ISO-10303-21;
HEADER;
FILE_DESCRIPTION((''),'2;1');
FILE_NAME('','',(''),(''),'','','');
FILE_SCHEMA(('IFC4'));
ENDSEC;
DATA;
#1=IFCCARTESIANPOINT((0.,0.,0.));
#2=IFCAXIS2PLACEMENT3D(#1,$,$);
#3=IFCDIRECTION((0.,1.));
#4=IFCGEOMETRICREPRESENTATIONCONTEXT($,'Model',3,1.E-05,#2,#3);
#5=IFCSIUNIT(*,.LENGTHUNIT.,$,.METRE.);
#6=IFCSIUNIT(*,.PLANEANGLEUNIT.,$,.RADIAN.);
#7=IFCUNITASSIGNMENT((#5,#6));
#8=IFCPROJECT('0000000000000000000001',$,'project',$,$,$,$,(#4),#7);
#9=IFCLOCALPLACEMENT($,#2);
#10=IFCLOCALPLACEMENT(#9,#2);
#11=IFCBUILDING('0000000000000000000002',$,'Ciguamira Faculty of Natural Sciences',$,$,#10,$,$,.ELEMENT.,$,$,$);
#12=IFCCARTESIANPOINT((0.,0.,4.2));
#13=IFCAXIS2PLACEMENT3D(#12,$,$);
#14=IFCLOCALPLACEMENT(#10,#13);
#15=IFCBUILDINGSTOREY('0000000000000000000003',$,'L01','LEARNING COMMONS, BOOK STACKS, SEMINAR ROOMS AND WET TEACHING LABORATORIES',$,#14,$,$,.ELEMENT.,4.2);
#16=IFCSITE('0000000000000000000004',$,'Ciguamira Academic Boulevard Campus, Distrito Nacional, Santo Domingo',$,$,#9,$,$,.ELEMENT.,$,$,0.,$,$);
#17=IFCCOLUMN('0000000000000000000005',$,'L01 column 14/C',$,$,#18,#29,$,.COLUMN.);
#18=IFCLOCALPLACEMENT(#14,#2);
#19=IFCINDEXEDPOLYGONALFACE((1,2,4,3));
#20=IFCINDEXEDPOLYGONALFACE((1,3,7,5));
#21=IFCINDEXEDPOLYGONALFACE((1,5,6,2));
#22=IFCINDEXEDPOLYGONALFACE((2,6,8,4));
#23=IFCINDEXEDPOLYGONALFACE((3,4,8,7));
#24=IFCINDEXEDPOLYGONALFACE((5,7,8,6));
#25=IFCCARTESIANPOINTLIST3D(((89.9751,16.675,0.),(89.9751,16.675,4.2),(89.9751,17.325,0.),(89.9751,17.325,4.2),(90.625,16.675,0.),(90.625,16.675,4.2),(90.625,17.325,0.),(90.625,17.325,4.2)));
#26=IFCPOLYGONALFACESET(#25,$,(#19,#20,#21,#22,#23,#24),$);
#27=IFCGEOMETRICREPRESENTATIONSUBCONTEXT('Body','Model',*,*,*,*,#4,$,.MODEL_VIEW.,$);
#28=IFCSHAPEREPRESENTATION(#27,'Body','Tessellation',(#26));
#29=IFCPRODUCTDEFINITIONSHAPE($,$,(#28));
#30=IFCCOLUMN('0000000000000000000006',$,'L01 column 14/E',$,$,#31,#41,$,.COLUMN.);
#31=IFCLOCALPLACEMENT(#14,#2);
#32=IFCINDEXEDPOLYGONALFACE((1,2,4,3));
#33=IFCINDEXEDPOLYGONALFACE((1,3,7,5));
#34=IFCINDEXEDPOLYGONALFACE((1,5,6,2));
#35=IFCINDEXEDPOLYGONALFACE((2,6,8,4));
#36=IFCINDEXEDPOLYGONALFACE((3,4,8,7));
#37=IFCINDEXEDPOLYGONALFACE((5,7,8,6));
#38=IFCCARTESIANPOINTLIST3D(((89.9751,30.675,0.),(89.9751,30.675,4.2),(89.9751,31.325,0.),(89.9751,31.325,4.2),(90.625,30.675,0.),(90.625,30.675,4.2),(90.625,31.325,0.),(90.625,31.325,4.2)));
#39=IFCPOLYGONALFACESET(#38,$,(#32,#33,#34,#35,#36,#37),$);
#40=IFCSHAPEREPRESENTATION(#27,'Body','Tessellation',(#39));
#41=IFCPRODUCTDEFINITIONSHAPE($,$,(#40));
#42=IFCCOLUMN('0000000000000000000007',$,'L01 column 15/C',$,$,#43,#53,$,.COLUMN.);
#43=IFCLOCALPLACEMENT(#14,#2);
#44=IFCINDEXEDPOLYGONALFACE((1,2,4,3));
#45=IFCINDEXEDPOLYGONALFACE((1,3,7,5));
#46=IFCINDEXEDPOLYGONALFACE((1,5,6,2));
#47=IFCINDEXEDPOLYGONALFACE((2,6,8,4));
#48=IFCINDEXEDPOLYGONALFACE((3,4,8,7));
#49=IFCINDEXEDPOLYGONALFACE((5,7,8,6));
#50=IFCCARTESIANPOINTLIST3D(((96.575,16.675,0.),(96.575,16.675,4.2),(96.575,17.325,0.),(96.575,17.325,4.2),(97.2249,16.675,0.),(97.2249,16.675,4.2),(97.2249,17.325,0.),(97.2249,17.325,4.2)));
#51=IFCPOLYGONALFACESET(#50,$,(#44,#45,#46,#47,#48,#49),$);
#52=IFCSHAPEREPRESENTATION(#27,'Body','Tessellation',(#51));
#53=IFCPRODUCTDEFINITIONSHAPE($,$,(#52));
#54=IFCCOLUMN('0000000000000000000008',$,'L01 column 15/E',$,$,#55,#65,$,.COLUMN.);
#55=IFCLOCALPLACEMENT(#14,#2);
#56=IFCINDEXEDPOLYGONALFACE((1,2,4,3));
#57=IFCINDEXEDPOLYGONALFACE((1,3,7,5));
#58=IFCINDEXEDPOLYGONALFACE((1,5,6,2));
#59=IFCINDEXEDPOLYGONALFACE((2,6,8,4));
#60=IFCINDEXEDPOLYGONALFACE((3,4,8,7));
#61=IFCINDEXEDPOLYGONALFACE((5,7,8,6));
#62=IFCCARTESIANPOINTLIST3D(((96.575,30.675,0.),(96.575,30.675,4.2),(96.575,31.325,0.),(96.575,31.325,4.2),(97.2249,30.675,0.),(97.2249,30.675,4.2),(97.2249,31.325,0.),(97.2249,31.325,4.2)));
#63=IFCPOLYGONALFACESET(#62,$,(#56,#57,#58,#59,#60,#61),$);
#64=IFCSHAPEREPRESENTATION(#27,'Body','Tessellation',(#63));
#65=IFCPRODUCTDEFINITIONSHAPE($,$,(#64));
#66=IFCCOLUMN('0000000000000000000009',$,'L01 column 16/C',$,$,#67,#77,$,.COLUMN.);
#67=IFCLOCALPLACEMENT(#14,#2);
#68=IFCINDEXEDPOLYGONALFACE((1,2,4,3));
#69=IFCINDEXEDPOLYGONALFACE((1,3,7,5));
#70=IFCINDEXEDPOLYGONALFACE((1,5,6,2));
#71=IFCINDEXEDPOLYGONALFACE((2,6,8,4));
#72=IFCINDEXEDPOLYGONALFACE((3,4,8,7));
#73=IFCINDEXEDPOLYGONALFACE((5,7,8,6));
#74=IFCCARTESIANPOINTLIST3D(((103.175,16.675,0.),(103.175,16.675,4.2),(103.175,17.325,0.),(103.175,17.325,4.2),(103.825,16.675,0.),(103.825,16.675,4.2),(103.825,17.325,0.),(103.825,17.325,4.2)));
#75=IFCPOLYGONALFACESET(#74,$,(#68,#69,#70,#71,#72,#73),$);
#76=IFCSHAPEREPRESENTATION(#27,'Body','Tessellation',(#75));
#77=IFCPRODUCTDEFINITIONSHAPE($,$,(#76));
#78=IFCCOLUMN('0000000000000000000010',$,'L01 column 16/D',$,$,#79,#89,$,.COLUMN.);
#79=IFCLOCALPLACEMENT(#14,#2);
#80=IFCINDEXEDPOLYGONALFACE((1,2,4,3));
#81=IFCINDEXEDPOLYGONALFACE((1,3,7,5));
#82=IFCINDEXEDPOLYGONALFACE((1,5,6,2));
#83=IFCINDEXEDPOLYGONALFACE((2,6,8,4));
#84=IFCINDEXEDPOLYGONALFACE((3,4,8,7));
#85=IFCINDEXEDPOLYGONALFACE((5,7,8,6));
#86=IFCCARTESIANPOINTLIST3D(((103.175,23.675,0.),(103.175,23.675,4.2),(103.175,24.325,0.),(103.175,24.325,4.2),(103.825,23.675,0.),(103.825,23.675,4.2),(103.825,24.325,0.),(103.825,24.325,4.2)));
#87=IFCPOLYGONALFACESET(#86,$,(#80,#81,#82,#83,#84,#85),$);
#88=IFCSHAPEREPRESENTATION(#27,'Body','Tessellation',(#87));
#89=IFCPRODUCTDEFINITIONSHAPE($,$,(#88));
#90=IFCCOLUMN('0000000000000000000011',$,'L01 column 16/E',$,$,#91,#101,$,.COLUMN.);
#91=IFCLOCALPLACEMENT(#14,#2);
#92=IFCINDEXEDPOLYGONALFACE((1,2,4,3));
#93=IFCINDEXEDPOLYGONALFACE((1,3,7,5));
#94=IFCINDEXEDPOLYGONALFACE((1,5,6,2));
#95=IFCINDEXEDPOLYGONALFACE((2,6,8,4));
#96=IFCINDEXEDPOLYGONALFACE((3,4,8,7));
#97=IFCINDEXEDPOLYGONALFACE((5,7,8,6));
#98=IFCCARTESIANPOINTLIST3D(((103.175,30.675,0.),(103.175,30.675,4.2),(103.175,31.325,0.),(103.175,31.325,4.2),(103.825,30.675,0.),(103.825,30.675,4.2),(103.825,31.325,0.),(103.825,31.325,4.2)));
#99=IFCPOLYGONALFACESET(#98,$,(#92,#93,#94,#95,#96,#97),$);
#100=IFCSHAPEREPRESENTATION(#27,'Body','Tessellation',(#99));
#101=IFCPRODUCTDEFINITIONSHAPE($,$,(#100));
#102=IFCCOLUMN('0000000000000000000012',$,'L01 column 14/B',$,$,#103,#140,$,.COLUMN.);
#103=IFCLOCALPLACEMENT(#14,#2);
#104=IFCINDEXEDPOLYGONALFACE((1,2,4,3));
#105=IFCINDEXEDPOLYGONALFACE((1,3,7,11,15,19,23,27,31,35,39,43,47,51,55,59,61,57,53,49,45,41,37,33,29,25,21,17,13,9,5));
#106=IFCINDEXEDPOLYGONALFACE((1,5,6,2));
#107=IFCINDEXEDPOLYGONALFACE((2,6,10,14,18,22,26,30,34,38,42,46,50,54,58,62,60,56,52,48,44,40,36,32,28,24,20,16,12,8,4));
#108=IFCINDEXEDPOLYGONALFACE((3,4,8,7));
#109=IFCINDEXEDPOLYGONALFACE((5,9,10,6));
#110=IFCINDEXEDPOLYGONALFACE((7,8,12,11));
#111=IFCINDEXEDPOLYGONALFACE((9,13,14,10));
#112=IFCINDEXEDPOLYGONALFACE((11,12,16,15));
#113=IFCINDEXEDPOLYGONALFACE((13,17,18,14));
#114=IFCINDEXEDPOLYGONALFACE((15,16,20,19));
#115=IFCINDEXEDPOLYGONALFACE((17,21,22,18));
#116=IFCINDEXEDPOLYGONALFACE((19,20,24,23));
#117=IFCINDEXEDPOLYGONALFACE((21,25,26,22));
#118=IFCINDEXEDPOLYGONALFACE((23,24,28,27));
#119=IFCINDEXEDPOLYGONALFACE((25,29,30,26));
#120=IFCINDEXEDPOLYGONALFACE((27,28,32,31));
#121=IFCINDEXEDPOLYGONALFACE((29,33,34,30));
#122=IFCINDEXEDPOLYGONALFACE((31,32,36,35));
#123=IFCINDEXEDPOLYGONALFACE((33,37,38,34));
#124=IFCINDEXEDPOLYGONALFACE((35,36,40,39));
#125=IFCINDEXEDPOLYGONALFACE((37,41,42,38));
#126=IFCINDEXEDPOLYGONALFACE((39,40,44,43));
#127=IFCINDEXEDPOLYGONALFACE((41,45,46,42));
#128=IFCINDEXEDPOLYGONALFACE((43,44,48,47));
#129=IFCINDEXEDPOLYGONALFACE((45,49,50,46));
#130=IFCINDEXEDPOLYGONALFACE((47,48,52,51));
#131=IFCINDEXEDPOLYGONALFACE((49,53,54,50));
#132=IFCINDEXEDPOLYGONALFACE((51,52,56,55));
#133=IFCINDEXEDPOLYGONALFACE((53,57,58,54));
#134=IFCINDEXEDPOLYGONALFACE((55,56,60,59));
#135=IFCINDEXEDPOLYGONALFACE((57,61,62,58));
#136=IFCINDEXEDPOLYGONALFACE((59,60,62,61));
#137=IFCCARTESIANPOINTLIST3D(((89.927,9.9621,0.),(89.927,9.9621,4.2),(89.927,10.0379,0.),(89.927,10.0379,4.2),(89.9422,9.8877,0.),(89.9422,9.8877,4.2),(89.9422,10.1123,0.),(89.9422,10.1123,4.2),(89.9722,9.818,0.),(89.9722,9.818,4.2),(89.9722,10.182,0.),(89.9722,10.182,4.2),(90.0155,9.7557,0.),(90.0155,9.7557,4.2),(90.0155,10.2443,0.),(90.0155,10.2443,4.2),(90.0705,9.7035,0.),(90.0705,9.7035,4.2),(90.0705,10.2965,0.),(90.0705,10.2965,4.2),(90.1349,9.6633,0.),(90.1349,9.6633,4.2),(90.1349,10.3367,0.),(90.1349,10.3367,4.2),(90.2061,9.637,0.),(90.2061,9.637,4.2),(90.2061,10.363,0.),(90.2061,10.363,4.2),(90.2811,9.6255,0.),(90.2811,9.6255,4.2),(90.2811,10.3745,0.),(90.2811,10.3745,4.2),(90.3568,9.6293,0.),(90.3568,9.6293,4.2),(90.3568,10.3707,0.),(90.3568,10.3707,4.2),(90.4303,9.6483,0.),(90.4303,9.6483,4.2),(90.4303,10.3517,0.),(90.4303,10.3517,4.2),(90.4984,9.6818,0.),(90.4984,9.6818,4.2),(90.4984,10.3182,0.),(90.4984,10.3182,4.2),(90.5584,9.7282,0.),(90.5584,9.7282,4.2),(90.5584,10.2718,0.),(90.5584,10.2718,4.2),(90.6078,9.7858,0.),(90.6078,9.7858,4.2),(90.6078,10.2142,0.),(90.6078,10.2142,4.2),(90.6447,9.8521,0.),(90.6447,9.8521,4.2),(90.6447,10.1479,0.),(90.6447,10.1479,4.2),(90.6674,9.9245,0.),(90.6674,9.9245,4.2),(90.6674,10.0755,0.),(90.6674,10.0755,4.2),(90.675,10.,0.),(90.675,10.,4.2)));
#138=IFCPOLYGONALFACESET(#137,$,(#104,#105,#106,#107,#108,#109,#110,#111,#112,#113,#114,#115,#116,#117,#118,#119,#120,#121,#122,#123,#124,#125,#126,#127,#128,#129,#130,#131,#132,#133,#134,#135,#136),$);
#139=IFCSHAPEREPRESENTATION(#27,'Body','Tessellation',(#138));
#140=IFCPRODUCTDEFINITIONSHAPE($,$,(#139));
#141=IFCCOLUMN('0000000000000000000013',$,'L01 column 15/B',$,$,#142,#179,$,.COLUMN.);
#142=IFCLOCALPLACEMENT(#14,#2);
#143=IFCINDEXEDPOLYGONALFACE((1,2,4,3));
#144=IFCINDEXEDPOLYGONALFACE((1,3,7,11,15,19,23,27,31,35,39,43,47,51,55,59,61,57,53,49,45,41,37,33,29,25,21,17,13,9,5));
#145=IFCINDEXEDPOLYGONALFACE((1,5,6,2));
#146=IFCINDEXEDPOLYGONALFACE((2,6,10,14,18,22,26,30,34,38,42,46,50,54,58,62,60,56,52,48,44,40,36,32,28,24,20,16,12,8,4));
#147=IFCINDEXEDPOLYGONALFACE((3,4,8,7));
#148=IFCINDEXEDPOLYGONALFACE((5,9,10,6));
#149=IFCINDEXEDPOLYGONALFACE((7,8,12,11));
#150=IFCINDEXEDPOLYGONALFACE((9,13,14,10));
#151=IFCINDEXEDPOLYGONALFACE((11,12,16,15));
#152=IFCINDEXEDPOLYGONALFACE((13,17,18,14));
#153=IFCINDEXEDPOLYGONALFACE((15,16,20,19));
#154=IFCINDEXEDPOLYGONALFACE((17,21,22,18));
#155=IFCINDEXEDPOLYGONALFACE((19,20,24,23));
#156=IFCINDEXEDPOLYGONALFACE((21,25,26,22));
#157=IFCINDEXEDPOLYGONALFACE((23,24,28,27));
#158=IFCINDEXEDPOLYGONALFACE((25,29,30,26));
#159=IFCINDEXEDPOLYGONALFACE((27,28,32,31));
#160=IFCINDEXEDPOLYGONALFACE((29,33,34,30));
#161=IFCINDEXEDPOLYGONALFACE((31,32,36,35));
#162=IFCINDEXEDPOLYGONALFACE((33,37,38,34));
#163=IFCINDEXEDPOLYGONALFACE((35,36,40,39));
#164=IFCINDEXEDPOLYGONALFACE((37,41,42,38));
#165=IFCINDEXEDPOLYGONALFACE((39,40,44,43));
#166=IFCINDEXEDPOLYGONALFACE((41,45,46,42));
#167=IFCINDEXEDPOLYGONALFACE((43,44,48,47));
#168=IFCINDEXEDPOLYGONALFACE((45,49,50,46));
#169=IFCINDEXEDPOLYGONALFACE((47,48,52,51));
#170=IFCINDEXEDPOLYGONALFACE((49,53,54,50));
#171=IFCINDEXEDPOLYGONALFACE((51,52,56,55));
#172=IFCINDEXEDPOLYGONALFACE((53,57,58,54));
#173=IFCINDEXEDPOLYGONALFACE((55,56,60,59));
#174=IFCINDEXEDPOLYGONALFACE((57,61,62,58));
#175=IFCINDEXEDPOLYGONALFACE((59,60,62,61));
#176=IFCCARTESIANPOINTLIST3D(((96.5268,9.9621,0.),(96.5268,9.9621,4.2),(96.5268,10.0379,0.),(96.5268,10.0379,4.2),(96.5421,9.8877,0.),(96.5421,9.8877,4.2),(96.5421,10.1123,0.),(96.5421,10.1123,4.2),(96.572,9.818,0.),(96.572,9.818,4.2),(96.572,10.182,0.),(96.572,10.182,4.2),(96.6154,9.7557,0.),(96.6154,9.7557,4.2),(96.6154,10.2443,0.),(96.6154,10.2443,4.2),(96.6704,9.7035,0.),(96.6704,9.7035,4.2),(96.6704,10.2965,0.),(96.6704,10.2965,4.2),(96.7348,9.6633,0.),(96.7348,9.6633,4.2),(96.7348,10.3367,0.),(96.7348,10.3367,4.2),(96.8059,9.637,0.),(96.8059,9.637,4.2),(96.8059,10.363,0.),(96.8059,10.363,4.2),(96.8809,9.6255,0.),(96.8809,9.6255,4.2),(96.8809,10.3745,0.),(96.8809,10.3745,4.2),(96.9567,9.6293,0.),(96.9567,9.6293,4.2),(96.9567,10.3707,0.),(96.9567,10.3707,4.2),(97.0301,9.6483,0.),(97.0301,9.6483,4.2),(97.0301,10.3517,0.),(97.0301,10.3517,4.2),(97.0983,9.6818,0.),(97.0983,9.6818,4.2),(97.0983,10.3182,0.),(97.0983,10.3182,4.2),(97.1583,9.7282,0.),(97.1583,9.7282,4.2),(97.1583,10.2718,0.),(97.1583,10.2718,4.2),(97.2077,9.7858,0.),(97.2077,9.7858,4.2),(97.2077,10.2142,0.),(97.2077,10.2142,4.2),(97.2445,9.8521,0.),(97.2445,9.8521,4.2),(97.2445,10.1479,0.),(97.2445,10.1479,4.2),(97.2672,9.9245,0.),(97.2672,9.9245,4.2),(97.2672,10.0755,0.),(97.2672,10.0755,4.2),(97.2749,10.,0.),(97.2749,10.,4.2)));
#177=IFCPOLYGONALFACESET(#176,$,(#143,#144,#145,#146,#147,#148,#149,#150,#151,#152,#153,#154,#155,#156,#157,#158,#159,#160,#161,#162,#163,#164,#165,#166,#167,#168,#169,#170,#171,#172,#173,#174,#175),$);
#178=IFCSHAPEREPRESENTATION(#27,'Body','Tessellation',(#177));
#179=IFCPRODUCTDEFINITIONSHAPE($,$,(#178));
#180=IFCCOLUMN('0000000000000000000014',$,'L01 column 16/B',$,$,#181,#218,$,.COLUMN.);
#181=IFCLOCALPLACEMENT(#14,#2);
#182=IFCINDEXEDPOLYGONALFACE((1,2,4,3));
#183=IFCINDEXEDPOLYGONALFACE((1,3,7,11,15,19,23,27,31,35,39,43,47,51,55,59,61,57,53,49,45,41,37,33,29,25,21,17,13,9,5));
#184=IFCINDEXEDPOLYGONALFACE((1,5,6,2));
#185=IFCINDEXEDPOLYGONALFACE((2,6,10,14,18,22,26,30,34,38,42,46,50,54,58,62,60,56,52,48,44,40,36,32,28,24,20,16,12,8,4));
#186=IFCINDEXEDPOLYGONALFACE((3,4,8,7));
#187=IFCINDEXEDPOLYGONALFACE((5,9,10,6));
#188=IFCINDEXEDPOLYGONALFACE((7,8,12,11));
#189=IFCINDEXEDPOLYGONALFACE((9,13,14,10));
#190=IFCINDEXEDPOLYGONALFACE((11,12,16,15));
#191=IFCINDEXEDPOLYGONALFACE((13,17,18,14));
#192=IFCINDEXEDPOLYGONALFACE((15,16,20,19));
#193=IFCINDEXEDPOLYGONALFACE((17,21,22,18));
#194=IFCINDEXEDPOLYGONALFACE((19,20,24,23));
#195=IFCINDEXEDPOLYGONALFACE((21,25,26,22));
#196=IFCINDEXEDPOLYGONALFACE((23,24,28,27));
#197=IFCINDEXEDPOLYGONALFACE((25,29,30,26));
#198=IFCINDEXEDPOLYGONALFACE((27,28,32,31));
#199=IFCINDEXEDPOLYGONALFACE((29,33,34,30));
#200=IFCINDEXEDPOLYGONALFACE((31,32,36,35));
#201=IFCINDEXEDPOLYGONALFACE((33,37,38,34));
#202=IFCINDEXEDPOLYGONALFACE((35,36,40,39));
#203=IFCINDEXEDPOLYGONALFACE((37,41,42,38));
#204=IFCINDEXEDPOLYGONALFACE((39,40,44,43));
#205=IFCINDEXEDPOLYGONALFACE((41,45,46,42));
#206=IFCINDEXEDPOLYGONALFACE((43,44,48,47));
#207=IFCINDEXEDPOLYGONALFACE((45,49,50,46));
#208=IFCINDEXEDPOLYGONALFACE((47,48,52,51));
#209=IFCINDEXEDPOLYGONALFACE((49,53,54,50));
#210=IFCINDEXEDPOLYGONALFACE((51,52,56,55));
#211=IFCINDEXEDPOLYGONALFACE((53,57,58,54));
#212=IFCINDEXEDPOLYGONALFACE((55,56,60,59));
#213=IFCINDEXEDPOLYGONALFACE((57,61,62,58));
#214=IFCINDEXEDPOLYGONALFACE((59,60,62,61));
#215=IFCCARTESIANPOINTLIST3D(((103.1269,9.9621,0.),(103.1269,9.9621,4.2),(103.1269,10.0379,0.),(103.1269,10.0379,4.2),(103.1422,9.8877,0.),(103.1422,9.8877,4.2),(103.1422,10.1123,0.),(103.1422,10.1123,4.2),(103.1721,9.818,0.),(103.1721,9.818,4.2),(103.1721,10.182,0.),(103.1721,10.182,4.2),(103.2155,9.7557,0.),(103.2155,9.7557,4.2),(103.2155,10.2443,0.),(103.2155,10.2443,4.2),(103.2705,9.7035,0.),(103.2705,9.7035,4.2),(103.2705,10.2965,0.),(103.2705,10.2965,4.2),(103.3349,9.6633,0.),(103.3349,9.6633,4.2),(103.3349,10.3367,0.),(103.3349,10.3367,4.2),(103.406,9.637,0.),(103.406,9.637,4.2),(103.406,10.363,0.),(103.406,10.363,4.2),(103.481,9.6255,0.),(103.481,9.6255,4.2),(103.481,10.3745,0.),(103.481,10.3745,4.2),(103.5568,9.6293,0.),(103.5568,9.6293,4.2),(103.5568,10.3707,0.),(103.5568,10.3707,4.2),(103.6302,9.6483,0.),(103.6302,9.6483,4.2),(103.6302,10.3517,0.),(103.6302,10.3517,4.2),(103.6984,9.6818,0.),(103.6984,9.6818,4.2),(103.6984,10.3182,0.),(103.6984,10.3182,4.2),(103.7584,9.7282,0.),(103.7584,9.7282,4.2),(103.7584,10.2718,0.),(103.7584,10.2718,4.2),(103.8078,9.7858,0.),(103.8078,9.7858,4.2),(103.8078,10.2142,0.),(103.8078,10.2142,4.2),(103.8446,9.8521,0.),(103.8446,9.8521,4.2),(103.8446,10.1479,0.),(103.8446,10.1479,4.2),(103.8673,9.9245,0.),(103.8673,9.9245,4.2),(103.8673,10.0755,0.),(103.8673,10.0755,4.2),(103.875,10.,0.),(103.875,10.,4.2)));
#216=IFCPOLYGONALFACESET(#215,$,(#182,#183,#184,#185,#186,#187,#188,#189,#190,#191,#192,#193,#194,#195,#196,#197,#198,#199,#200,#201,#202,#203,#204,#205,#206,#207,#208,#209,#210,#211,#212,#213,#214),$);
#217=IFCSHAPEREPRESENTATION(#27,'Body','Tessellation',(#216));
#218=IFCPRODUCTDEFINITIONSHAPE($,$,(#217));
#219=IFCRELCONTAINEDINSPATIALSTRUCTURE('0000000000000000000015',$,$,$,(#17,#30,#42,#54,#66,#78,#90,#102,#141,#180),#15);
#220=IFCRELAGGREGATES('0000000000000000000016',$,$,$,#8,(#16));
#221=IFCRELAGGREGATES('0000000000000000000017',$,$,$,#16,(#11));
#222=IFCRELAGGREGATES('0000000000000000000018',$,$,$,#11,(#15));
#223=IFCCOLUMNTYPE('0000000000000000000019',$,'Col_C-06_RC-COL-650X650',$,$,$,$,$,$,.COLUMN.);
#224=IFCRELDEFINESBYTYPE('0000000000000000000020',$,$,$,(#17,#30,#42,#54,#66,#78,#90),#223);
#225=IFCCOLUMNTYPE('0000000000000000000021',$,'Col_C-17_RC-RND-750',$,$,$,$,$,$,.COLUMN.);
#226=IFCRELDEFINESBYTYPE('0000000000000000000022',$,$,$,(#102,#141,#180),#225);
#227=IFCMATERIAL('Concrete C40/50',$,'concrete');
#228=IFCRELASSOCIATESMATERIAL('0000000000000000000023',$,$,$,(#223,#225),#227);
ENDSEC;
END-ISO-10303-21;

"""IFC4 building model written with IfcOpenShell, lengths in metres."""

from ifc_helpers import new_model, si_unit, direction, frame, origin, origin_2d, place, context, subcontext, project, spatial, rectangle, circle, extrude, material, material_profile, profile_set, type_object, element, save


model = new_model("IFC4")

# Units and contexts
model_context = context("Model", 3, precision=1e-05, world=origin(), true_north=direction((0.0, 1.0)))
body_context = subcontext(model_context, "Body", "Model", "MODEL_VIEW")
ifc_project = project(units=[si_unit("LENGTHUNIT", "METRE"), si_unit("PLANEANGLEUNIT", "RADIAN")], contexts=[model_context])

# Site, building, storey
site_placement = place(None, origin())
site = spatial("IfcSite", under=ifc_project, at=site_placement, Name="Ciguamira Academic Boulevard Campus, Distrito Nacional, Santo Domingo", CompositionType="ELEMENT", RefElevation=0.0)
building_placement = place(site_placement, origin())
building = spatial("IfcBuilding", under=site, at=building_placement, Name="Ciguamira Faculty of Natural Sciences", CompositionType="ELEMENT")
storey_placement = place(building_placement, frame((0.0, 0.0, 4.2)))
storey = spatial("IfcBuildingStorey", under=building, at=storey_placement, Name="L01", Description="LEARNING COMMONS, BOOK STACKS, SEMINAR ROOMS AND WET TEACHING LABORATORIES", CompositionType="ELEMENT", Elevation=4.2)

# Columns
ifc_material_1 = material(Name="Concrete C40/50", Category="concrete")
ifc_material_profile_1 = material_profile(ifc_material_1, rectangle(XDim=0.6499, YDim=0.6499, at=origin_2d()), Name="RC-COL-650X650")
ifc_profile_set_1 = profile_set([ifc_material_profile_1], Name="Concrete C40/50")
column_type_1 = type_object("IfcColumnType", Name="Col_C-06_RC-COL-650X650", PredefinedType="COLUMN", material=ifc_profile_set_1)
for number, where, z_axis, x_axis, name in (
    (1, (90.3, 17.0, 0.0), (0.0, 0.0, 1.0), (1.0, 0.0, 0.0), "L01 column 14/C"),
    (2, (90.3, 31.0, 0.0), (0.0, 0.0, 1.0), (1.0, 0.0, 0.0), "L01 column 14/E"),
    (3, (96.8999, 17.0, 0.0), (0.0, 0.0, 1.0), (1.0, 0.0, 0.0), "L01 column 15/C"),
    (4, (96.8999, 31.0, 0.0), (0.0, 0.0, 1.0), (1.0, 0.0, 0.0), "L01 column 15/E"),
    (5, (103.5, 17.0, 0.0), (0.0, 0.0, 1.0), (1.0, 0.0, 0.0), "L01 column 16/C"),
    (6, (103.5, 24.0, 0.0), (0.0, 0.0, 1.0), (1.0, 0.0, 0.0), "L01 column 16/D"),
    (7, (103.5, 31.0, 0.0), (0.0, 0.0, 1.0), (1.0, 0.0, 0.0), "L01 column 16/E"),
):
    element("IfcColumn", number, at=place(storey_placement, frame(where, z_axis=z_axis, x_axis=x_axis)), inside=storey, type_object=column_type_1, Name=name, PredefinedType="COLUMN", context=body_context, shape_type="SweptSolid", body=[
        extrude(rectangle(XDim=0.6499, YDim=0.6499, at=origin_2d()), origin(), (0.0, 0.0, 1.0), 4.2),
    ])
ifc_material_profile_2 = material_profile(ifc_material_1, circle(Radius=0.375, at=origin_2d()), Name="RC-RND-750")
ifc_profile_set_2 = profile_set([ifc_material_profile_2], Name="Concrete C40/50")
column_type_2 = type_object("IfcColumnType", Name="Col_C-17_RC-RND-750", PredefinedType="COLUMN", material=ifc_profile_set_2)
for number, where, z_axis, x_axis, name in (
    (8, (90.3, 10.0, 0.0), (0.0, 0.0, 1.0), (1.0, 0.0, 0.0), "L01 column 14/B"),
    (9, (96.8999, 10.0, 0.0), (0.0, 0.0, 1.0), (1.0, 0.0, 0.0), "L01 column 15/B"),
    (10, (103.5, 10.0, 0.0), (0.0, 0.0, 1.0), (1.0, 0.0, 0.0), "L01 column 16/B"),
):
    element("IfcColumn", number, at=place(storey_placement, frame(where, z_axis=z_axis, x_axis=x_axis)), inside=storey, type_object=column_type_2, Name=name, PredefinedType="COLUMN", context=body_context, shape_type="SweptSolid", body=[
        extrude(circle(Radius=0.375, at=origin_2d()), origin(), (0.0, 0.0, 1.0), 4.2),
    ])

save(model, "model.ifc")
